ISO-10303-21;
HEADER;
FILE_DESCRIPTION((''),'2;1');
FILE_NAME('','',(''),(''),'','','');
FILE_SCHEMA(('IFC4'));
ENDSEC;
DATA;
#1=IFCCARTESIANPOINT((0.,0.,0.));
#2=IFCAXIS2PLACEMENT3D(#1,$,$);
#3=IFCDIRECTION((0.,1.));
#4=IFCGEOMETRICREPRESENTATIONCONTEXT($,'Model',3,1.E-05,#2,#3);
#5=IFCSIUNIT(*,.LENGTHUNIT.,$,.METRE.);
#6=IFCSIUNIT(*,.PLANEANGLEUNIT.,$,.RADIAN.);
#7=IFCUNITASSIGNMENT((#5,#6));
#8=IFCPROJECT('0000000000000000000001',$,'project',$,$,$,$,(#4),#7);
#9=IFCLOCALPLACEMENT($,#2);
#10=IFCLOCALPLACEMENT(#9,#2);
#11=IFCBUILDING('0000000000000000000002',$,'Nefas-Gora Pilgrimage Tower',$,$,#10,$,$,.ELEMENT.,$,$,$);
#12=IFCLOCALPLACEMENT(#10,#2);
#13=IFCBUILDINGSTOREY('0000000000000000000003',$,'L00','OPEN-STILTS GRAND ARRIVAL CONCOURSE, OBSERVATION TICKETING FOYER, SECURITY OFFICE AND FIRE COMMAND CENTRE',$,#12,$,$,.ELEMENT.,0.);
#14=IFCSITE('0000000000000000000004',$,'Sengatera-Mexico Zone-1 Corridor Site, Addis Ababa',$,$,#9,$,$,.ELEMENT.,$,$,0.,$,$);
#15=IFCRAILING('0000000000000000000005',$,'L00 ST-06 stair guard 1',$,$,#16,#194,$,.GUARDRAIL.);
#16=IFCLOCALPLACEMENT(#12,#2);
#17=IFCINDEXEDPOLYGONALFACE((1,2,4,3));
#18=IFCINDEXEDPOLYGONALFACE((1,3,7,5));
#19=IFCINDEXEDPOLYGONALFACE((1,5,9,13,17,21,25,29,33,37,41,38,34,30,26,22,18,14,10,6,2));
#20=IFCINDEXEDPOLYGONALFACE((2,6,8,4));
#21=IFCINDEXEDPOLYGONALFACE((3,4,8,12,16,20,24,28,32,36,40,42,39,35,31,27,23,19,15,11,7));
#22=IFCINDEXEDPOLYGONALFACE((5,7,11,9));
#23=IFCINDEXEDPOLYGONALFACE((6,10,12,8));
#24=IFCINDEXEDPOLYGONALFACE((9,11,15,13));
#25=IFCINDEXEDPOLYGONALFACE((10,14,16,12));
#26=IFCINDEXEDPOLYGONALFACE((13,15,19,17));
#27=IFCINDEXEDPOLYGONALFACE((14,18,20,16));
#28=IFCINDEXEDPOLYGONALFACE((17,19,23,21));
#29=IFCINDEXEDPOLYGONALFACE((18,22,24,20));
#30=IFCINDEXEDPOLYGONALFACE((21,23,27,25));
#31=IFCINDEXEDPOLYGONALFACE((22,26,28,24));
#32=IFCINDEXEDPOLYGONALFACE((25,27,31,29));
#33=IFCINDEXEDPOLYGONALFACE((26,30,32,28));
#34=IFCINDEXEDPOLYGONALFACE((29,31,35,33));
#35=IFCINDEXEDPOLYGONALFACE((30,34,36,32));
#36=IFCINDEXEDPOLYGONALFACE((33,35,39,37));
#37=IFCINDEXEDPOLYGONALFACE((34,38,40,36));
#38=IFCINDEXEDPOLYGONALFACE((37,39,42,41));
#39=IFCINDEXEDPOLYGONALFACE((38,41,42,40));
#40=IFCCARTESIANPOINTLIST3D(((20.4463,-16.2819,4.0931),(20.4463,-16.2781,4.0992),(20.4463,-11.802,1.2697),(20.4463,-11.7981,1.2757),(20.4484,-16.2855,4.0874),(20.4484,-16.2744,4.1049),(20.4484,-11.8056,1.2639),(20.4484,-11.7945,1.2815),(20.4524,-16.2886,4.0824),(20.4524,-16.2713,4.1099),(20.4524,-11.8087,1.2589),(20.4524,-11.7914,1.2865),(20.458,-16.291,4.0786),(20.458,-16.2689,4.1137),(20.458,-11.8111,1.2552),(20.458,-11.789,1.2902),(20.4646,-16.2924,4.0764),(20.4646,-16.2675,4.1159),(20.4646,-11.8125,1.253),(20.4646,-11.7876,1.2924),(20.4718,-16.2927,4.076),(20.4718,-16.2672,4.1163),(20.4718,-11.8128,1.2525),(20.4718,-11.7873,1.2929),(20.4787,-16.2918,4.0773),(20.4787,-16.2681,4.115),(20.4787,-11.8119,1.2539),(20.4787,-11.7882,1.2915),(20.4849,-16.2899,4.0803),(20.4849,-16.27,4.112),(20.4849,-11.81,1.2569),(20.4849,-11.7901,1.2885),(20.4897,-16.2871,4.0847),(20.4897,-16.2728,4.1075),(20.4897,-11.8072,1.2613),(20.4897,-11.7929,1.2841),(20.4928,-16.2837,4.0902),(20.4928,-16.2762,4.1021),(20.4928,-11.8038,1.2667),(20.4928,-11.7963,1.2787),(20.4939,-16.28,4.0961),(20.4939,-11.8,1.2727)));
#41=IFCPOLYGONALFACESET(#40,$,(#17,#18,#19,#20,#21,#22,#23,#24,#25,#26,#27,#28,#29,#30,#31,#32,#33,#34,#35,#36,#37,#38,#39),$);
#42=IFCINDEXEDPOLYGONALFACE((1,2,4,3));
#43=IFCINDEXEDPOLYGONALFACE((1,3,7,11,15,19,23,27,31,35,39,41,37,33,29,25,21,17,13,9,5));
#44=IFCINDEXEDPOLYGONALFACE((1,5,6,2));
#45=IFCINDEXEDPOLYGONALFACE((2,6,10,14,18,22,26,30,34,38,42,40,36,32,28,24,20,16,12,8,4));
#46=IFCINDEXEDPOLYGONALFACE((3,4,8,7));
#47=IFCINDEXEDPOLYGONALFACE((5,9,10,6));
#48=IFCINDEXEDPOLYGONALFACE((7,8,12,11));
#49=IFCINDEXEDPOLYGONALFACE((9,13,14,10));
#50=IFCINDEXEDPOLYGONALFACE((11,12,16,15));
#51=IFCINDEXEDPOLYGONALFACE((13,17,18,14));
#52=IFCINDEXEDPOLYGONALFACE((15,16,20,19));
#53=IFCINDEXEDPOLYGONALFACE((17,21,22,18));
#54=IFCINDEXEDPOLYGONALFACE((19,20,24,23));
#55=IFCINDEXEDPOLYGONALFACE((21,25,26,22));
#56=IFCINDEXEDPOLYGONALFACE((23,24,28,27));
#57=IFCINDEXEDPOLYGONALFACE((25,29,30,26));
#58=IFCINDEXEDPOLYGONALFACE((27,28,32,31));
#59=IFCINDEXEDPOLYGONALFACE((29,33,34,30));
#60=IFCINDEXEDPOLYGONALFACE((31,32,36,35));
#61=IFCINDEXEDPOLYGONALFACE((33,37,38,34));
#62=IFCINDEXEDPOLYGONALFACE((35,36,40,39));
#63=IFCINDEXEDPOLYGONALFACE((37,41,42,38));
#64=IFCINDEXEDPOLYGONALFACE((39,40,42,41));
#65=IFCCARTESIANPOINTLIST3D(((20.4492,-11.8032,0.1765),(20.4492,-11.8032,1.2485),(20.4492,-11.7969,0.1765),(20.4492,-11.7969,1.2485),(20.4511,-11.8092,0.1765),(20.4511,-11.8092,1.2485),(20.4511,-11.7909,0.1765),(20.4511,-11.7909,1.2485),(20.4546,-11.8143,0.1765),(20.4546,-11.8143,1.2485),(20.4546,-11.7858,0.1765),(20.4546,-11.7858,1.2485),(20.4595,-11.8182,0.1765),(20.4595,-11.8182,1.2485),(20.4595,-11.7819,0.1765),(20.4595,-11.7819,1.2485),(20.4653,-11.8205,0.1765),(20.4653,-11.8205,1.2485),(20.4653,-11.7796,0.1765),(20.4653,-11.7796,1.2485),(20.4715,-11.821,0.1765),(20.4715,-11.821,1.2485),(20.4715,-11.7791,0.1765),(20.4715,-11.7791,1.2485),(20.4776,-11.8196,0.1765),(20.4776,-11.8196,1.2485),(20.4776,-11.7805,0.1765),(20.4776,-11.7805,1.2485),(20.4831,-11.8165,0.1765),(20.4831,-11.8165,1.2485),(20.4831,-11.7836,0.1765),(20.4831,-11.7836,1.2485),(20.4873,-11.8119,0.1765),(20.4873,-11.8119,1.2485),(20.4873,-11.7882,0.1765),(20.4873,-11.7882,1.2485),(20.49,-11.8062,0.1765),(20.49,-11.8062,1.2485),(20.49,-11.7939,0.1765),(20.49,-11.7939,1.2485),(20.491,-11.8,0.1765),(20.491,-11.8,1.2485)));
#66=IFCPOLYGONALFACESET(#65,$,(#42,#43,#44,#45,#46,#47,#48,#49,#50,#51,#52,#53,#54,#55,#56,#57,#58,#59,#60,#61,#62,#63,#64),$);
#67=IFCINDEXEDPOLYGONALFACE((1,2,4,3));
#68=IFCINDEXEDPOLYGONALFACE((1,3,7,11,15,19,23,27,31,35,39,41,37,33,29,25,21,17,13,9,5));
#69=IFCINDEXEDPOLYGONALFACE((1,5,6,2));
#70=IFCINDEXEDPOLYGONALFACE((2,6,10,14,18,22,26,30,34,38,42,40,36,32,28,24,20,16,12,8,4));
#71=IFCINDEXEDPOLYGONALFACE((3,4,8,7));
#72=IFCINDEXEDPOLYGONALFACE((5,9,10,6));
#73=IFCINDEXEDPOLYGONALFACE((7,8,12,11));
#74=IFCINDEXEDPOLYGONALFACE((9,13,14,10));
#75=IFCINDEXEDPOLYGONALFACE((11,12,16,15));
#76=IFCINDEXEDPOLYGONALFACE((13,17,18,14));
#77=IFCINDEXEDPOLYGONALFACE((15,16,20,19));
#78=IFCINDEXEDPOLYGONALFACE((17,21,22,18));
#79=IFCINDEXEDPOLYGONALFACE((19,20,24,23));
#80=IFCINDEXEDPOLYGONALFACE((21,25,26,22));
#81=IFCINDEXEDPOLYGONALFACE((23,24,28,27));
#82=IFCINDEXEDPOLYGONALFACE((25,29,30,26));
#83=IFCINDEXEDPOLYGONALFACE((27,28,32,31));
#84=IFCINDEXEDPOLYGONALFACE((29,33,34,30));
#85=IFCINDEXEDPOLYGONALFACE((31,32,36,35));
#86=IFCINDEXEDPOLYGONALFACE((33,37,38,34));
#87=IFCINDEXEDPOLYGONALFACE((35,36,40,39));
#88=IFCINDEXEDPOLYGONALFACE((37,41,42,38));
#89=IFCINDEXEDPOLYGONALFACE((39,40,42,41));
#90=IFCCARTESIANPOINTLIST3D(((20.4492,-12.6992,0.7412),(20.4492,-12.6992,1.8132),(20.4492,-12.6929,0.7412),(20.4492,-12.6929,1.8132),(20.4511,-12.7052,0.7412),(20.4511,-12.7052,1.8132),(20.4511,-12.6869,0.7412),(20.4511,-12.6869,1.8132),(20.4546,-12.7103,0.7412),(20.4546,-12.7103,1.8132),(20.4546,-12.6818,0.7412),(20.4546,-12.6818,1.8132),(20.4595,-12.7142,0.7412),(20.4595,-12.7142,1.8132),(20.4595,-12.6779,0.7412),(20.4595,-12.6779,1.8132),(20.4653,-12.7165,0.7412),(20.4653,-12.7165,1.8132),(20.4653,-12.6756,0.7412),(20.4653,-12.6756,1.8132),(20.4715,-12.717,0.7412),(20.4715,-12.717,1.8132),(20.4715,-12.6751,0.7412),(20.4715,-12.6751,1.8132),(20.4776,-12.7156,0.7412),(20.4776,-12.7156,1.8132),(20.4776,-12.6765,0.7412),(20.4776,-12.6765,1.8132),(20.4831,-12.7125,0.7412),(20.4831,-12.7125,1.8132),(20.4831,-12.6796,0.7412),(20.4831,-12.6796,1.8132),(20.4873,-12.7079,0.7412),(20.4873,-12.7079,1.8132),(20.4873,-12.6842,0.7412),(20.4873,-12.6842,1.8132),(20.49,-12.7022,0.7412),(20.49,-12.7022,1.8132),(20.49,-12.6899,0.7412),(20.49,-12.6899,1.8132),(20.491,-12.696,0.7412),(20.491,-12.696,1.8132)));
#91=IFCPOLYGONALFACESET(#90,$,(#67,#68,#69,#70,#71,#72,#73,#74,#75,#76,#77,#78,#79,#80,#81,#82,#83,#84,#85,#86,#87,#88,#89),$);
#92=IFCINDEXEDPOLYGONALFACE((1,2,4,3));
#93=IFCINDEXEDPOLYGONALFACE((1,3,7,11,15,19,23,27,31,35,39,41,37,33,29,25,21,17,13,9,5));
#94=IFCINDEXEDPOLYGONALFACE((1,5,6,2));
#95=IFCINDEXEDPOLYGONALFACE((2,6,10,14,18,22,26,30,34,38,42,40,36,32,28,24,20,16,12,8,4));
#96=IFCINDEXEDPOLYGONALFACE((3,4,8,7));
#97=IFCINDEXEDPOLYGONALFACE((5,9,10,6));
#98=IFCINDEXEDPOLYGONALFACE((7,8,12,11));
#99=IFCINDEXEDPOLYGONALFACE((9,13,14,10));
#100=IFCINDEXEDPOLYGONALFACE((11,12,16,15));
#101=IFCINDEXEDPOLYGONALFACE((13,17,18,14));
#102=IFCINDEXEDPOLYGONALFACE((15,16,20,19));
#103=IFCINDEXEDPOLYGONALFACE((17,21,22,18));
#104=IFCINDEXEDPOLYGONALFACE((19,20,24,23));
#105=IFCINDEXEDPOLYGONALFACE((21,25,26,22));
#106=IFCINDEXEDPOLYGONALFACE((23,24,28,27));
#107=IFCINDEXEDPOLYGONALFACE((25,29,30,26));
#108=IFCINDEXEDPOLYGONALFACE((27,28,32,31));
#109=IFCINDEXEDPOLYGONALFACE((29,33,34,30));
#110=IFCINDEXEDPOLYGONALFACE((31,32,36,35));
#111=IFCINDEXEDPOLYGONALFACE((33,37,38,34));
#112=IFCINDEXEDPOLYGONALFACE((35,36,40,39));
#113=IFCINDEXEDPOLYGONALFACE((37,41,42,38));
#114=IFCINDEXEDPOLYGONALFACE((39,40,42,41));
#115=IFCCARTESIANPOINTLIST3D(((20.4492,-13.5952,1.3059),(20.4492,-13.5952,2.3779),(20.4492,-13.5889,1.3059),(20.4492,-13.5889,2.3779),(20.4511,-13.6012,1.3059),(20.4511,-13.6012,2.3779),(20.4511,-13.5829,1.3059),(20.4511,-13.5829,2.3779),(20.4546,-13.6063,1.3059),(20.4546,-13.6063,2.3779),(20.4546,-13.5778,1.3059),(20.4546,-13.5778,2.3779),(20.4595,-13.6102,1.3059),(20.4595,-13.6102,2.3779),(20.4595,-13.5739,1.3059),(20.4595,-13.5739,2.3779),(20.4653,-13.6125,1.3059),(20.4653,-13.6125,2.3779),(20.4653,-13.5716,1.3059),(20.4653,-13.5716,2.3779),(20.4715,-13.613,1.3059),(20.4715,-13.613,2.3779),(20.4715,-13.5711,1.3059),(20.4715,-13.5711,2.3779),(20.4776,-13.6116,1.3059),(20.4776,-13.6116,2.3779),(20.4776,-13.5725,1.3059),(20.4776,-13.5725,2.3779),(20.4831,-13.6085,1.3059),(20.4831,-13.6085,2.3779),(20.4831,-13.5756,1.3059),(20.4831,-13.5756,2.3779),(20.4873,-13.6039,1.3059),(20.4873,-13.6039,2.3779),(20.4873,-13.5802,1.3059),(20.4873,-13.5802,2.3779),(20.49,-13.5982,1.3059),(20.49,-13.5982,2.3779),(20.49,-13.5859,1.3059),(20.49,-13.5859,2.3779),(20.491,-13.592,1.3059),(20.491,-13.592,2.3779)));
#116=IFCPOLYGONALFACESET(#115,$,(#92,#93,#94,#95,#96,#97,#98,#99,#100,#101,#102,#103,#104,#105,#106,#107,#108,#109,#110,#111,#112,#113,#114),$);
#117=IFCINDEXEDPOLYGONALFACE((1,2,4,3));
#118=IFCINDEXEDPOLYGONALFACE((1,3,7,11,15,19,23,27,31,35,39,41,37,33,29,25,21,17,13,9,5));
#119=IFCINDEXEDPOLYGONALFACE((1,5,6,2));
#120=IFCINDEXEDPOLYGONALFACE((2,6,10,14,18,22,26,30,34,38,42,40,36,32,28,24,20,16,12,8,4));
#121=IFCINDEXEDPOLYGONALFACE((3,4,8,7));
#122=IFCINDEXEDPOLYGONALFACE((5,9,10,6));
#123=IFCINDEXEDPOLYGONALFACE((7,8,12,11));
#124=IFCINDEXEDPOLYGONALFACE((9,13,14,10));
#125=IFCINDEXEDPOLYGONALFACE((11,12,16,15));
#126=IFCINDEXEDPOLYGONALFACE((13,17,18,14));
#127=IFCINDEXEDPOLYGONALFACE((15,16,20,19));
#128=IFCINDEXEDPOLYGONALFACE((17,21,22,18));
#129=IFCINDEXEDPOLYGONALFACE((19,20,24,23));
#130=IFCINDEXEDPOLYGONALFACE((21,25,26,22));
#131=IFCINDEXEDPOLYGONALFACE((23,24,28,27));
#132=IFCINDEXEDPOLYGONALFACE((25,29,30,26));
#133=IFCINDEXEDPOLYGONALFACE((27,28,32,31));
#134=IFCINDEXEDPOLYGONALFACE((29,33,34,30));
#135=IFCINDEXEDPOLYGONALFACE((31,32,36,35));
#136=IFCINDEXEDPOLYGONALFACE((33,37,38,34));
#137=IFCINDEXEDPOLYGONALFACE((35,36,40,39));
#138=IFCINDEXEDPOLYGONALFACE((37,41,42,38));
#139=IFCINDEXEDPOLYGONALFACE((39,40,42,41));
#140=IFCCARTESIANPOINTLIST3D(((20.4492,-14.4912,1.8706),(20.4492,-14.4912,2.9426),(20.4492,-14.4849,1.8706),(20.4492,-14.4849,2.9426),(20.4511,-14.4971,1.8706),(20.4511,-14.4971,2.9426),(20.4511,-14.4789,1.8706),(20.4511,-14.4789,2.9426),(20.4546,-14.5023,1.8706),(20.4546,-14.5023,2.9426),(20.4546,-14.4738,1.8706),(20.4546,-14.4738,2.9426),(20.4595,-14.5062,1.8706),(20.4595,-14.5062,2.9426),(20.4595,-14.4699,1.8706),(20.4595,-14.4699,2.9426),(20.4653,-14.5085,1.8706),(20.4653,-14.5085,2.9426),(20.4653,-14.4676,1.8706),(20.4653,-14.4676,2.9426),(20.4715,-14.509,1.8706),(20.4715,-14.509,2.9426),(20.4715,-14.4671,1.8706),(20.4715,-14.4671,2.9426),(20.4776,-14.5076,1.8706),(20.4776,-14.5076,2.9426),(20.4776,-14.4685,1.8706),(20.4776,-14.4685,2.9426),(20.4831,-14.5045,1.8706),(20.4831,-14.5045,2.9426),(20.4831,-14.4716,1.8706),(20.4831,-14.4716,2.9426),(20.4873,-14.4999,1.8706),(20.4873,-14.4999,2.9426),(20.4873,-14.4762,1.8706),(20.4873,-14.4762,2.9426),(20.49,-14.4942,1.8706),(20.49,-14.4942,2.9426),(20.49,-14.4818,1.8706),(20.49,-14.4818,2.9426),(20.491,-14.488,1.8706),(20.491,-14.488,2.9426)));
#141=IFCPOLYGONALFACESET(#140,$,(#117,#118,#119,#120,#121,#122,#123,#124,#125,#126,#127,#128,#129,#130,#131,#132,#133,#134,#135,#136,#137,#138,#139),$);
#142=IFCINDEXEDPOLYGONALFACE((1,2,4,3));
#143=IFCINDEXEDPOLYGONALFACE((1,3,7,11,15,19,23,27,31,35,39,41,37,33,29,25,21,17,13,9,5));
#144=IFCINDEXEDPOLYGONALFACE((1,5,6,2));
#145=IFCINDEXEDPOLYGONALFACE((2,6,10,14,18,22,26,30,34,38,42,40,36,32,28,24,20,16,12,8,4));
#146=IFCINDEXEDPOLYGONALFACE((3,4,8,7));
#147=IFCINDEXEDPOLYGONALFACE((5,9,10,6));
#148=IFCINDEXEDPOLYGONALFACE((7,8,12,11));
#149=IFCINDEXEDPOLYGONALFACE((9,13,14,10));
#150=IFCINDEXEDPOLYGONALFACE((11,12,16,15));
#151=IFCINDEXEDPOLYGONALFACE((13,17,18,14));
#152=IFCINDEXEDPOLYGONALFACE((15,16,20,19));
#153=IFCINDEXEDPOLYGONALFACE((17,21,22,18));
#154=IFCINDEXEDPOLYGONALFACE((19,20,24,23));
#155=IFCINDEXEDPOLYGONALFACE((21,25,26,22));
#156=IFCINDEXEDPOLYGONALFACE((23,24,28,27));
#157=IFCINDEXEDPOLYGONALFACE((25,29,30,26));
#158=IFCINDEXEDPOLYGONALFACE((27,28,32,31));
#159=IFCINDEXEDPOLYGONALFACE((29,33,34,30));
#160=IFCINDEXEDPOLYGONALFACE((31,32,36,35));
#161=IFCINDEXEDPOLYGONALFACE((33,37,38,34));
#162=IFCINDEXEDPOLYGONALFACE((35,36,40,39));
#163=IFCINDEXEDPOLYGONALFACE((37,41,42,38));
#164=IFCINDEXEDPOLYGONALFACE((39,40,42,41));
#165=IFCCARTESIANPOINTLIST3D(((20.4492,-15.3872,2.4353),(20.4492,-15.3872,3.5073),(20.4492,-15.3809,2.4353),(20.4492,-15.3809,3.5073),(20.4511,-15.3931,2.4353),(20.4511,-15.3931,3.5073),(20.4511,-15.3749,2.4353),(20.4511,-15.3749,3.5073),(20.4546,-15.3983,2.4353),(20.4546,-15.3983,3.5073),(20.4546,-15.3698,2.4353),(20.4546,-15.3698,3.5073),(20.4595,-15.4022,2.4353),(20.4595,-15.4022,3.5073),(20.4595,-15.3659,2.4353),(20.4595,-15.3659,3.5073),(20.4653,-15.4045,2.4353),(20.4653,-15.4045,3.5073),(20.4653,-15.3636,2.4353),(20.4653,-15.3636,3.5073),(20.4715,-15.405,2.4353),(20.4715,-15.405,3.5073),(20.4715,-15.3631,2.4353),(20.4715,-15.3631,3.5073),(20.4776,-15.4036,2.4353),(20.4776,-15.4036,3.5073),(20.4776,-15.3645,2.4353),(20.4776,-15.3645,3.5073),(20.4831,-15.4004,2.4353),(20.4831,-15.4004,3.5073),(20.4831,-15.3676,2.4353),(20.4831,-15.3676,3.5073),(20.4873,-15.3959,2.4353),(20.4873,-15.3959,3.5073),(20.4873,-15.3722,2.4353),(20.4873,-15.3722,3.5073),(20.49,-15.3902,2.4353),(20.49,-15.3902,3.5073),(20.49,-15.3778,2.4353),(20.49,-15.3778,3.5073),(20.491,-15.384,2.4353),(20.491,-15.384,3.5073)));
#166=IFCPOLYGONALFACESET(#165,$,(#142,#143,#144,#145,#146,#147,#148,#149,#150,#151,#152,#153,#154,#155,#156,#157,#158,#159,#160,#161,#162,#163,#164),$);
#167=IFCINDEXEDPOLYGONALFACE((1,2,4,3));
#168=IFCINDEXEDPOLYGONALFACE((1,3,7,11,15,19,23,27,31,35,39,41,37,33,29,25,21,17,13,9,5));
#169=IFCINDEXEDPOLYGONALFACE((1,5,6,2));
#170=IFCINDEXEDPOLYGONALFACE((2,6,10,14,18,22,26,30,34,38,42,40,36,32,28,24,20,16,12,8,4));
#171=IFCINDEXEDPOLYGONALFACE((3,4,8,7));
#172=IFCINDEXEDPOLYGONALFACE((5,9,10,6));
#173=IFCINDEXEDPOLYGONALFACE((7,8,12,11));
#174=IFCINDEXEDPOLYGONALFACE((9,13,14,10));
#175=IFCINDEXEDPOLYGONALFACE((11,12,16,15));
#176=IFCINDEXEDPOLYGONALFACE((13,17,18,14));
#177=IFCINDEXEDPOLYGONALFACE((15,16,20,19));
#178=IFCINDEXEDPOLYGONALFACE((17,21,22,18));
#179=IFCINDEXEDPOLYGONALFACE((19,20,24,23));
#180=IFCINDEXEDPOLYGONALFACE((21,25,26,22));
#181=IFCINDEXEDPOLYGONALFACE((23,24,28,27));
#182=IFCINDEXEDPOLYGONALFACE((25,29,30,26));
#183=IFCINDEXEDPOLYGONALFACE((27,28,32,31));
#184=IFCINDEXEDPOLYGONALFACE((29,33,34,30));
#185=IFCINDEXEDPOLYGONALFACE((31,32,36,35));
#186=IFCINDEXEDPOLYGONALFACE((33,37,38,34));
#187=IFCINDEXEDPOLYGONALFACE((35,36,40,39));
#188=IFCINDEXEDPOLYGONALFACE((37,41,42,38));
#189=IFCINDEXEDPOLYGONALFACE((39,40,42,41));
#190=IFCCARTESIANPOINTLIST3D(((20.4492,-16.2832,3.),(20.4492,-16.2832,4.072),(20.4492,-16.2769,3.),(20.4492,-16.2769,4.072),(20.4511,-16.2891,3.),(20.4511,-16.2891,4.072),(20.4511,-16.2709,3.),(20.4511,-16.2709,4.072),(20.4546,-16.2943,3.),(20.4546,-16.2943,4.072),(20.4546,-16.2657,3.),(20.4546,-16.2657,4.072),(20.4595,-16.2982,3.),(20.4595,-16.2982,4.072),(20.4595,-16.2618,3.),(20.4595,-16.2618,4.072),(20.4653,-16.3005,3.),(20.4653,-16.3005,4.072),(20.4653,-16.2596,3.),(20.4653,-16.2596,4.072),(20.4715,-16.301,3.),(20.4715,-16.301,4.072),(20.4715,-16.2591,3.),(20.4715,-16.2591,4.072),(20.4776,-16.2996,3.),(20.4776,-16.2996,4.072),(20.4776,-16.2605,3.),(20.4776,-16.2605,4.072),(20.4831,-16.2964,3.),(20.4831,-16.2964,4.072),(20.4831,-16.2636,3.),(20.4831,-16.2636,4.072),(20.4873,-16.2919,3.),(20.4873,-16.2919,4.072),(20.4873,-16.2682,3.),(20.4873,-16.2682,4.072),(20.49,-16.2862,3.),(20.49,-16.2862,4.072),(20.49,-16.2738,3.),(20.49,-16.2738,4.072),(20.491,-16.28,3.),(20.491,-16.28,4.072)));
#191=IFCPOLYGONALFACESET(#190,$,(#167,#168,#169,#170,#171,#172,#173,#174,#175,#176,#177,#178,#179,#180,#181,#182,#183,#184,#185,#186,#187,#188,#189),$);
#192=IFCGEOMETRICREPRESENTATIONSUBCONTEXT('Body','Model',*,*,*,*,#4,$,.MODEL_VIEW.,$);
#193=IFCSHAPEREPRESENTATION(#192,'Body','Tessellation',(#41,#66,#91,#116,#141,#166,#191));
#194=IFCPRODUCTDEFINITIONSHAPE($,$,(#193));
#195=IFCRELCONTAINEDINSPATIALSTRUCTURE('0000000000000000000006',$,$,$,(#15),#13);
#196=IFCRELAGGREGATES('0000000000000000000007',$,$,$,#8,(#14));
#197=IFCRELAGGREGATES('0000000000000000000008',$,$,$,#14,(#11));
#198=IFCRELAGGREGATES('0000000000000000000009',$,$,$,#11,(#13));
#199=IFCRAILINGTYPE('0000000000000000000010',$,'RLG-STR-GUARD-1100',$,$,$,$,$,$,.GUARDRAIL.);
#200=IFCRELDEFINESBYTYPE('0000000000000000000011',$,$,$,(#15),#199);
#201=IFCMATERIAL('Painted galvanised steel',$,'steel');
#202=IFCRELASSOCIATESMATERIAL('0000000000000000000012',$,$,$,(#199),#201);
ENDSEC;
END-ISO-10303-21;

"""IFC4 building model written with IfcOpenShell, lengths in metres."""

from ifc_helpers import new_model, si_unit, direction, frame, origin, origin_2d, place, context, subcontext, project, spatial, circle, extrude, material, type_object, element, save


model = new_model("IFC4")

# Units and contexts
model_context = context("Model", 3, precision=1e-05, world=origin(), true_north=direction((0.0, 1.0)))
body_context = subcontext(model_context, "Body", "Model", "MODEL_VIEW")
ifc_project = project(units=[si_unit("LENGTHUNIT", "METRE"), si_unit("PLANEANGLEUNIT", "RADIAN")], contexts=[model_context])

# Site, building, storey
site_placement = place(None, origin())
site = spatial("IfcSite", under=ifc_project, at=site_placement, Name="Sengatera-Mexico Zone-1 Corridor Site, Addis Ababa", CompositionType="ELEMENT", RefElevation=0.0)
building_placement = place(site_placement, origin())
building = spatial("IfcBuilding", under=site, at=building_placement, Name="Nefas-Gora Pilgrimage Tower", CompositionType="ELEMENT")
storey_placement = place(building_placement, origin())
storey = spatial("IfcBuildingStorey", under=building, at=storey_placement, Name="L00", Description="OPEN-STILTS GRAND ARRIVAL CONCOURSE, OBSERVATION TICKETING FOYER, SECURITY OFFICE AND FIRE COMMAND CENTRE", CompositionType="ELEMENT", Elevation=0.0)

# Railing
ifc_material_1 = material(Name="Painted galvanised steel", Category="steel")
railing_type_1 = type_object("IfcRailingType", Name="RLG-STR-GUARD-1100", PredefinedType="GUARDRAIL", material=ifc_material_1)
railing_1_placement = place(storey_placement, frame((20.47, -11.8, 0.1765)))
element("IfcRailing", 1, at=railing_1_placement, inside=storey, type_object=railing_type_1, Name="L00 ST-06 stair guard 1", PredefinedType="GUARDRAIL", context=body_context, shape_type="SweptSolid", body=[
    extrude(circle(Radius=0.0239, at=origin_2d()), frame((0.0, 0.0, 1.0962), z_axis=(0.0, -0.845998, 0.533186), x_axis=(1.0, 0.0, 0.0)), (0.0, 0.0, 1.0), 5.2954),
    extrude(circle(Radius=0.021, at=origin_2d()), origin(), (0.0, 0.0, 1.0), 1.072),
    extrude(circle(Radius=0.021, at=origin_2d()), frame((0.0, -0.896, 0.5647)), (0.0, 0.0, 1.0), 1.072),
    extrude(circle(Radius=0.021, at=origin_2d()), frame((0.0, -1.792, 1.1294)), (0.0, 0.0, 1.0), 1.072),
    extrude(circle(Radius=0.021, at=origin_2d()), frame((0.0, -2.688, 1.6941)), (0.0, 0.0, 1.0), 1.072),
    extrude(circle(Radius=0.021, at=origin_2d()), frame((0.0, -3.584, 2.2588)), (0.0, 0.0, 1.0), 1.072),
    extrude(circle(Radius=0.021, at=origin_2d()), frame((0.0, -4.48, 2.8235)), (0.0, 0.0, 1.0), 1.072),
])

save(model, "model.ifc")
